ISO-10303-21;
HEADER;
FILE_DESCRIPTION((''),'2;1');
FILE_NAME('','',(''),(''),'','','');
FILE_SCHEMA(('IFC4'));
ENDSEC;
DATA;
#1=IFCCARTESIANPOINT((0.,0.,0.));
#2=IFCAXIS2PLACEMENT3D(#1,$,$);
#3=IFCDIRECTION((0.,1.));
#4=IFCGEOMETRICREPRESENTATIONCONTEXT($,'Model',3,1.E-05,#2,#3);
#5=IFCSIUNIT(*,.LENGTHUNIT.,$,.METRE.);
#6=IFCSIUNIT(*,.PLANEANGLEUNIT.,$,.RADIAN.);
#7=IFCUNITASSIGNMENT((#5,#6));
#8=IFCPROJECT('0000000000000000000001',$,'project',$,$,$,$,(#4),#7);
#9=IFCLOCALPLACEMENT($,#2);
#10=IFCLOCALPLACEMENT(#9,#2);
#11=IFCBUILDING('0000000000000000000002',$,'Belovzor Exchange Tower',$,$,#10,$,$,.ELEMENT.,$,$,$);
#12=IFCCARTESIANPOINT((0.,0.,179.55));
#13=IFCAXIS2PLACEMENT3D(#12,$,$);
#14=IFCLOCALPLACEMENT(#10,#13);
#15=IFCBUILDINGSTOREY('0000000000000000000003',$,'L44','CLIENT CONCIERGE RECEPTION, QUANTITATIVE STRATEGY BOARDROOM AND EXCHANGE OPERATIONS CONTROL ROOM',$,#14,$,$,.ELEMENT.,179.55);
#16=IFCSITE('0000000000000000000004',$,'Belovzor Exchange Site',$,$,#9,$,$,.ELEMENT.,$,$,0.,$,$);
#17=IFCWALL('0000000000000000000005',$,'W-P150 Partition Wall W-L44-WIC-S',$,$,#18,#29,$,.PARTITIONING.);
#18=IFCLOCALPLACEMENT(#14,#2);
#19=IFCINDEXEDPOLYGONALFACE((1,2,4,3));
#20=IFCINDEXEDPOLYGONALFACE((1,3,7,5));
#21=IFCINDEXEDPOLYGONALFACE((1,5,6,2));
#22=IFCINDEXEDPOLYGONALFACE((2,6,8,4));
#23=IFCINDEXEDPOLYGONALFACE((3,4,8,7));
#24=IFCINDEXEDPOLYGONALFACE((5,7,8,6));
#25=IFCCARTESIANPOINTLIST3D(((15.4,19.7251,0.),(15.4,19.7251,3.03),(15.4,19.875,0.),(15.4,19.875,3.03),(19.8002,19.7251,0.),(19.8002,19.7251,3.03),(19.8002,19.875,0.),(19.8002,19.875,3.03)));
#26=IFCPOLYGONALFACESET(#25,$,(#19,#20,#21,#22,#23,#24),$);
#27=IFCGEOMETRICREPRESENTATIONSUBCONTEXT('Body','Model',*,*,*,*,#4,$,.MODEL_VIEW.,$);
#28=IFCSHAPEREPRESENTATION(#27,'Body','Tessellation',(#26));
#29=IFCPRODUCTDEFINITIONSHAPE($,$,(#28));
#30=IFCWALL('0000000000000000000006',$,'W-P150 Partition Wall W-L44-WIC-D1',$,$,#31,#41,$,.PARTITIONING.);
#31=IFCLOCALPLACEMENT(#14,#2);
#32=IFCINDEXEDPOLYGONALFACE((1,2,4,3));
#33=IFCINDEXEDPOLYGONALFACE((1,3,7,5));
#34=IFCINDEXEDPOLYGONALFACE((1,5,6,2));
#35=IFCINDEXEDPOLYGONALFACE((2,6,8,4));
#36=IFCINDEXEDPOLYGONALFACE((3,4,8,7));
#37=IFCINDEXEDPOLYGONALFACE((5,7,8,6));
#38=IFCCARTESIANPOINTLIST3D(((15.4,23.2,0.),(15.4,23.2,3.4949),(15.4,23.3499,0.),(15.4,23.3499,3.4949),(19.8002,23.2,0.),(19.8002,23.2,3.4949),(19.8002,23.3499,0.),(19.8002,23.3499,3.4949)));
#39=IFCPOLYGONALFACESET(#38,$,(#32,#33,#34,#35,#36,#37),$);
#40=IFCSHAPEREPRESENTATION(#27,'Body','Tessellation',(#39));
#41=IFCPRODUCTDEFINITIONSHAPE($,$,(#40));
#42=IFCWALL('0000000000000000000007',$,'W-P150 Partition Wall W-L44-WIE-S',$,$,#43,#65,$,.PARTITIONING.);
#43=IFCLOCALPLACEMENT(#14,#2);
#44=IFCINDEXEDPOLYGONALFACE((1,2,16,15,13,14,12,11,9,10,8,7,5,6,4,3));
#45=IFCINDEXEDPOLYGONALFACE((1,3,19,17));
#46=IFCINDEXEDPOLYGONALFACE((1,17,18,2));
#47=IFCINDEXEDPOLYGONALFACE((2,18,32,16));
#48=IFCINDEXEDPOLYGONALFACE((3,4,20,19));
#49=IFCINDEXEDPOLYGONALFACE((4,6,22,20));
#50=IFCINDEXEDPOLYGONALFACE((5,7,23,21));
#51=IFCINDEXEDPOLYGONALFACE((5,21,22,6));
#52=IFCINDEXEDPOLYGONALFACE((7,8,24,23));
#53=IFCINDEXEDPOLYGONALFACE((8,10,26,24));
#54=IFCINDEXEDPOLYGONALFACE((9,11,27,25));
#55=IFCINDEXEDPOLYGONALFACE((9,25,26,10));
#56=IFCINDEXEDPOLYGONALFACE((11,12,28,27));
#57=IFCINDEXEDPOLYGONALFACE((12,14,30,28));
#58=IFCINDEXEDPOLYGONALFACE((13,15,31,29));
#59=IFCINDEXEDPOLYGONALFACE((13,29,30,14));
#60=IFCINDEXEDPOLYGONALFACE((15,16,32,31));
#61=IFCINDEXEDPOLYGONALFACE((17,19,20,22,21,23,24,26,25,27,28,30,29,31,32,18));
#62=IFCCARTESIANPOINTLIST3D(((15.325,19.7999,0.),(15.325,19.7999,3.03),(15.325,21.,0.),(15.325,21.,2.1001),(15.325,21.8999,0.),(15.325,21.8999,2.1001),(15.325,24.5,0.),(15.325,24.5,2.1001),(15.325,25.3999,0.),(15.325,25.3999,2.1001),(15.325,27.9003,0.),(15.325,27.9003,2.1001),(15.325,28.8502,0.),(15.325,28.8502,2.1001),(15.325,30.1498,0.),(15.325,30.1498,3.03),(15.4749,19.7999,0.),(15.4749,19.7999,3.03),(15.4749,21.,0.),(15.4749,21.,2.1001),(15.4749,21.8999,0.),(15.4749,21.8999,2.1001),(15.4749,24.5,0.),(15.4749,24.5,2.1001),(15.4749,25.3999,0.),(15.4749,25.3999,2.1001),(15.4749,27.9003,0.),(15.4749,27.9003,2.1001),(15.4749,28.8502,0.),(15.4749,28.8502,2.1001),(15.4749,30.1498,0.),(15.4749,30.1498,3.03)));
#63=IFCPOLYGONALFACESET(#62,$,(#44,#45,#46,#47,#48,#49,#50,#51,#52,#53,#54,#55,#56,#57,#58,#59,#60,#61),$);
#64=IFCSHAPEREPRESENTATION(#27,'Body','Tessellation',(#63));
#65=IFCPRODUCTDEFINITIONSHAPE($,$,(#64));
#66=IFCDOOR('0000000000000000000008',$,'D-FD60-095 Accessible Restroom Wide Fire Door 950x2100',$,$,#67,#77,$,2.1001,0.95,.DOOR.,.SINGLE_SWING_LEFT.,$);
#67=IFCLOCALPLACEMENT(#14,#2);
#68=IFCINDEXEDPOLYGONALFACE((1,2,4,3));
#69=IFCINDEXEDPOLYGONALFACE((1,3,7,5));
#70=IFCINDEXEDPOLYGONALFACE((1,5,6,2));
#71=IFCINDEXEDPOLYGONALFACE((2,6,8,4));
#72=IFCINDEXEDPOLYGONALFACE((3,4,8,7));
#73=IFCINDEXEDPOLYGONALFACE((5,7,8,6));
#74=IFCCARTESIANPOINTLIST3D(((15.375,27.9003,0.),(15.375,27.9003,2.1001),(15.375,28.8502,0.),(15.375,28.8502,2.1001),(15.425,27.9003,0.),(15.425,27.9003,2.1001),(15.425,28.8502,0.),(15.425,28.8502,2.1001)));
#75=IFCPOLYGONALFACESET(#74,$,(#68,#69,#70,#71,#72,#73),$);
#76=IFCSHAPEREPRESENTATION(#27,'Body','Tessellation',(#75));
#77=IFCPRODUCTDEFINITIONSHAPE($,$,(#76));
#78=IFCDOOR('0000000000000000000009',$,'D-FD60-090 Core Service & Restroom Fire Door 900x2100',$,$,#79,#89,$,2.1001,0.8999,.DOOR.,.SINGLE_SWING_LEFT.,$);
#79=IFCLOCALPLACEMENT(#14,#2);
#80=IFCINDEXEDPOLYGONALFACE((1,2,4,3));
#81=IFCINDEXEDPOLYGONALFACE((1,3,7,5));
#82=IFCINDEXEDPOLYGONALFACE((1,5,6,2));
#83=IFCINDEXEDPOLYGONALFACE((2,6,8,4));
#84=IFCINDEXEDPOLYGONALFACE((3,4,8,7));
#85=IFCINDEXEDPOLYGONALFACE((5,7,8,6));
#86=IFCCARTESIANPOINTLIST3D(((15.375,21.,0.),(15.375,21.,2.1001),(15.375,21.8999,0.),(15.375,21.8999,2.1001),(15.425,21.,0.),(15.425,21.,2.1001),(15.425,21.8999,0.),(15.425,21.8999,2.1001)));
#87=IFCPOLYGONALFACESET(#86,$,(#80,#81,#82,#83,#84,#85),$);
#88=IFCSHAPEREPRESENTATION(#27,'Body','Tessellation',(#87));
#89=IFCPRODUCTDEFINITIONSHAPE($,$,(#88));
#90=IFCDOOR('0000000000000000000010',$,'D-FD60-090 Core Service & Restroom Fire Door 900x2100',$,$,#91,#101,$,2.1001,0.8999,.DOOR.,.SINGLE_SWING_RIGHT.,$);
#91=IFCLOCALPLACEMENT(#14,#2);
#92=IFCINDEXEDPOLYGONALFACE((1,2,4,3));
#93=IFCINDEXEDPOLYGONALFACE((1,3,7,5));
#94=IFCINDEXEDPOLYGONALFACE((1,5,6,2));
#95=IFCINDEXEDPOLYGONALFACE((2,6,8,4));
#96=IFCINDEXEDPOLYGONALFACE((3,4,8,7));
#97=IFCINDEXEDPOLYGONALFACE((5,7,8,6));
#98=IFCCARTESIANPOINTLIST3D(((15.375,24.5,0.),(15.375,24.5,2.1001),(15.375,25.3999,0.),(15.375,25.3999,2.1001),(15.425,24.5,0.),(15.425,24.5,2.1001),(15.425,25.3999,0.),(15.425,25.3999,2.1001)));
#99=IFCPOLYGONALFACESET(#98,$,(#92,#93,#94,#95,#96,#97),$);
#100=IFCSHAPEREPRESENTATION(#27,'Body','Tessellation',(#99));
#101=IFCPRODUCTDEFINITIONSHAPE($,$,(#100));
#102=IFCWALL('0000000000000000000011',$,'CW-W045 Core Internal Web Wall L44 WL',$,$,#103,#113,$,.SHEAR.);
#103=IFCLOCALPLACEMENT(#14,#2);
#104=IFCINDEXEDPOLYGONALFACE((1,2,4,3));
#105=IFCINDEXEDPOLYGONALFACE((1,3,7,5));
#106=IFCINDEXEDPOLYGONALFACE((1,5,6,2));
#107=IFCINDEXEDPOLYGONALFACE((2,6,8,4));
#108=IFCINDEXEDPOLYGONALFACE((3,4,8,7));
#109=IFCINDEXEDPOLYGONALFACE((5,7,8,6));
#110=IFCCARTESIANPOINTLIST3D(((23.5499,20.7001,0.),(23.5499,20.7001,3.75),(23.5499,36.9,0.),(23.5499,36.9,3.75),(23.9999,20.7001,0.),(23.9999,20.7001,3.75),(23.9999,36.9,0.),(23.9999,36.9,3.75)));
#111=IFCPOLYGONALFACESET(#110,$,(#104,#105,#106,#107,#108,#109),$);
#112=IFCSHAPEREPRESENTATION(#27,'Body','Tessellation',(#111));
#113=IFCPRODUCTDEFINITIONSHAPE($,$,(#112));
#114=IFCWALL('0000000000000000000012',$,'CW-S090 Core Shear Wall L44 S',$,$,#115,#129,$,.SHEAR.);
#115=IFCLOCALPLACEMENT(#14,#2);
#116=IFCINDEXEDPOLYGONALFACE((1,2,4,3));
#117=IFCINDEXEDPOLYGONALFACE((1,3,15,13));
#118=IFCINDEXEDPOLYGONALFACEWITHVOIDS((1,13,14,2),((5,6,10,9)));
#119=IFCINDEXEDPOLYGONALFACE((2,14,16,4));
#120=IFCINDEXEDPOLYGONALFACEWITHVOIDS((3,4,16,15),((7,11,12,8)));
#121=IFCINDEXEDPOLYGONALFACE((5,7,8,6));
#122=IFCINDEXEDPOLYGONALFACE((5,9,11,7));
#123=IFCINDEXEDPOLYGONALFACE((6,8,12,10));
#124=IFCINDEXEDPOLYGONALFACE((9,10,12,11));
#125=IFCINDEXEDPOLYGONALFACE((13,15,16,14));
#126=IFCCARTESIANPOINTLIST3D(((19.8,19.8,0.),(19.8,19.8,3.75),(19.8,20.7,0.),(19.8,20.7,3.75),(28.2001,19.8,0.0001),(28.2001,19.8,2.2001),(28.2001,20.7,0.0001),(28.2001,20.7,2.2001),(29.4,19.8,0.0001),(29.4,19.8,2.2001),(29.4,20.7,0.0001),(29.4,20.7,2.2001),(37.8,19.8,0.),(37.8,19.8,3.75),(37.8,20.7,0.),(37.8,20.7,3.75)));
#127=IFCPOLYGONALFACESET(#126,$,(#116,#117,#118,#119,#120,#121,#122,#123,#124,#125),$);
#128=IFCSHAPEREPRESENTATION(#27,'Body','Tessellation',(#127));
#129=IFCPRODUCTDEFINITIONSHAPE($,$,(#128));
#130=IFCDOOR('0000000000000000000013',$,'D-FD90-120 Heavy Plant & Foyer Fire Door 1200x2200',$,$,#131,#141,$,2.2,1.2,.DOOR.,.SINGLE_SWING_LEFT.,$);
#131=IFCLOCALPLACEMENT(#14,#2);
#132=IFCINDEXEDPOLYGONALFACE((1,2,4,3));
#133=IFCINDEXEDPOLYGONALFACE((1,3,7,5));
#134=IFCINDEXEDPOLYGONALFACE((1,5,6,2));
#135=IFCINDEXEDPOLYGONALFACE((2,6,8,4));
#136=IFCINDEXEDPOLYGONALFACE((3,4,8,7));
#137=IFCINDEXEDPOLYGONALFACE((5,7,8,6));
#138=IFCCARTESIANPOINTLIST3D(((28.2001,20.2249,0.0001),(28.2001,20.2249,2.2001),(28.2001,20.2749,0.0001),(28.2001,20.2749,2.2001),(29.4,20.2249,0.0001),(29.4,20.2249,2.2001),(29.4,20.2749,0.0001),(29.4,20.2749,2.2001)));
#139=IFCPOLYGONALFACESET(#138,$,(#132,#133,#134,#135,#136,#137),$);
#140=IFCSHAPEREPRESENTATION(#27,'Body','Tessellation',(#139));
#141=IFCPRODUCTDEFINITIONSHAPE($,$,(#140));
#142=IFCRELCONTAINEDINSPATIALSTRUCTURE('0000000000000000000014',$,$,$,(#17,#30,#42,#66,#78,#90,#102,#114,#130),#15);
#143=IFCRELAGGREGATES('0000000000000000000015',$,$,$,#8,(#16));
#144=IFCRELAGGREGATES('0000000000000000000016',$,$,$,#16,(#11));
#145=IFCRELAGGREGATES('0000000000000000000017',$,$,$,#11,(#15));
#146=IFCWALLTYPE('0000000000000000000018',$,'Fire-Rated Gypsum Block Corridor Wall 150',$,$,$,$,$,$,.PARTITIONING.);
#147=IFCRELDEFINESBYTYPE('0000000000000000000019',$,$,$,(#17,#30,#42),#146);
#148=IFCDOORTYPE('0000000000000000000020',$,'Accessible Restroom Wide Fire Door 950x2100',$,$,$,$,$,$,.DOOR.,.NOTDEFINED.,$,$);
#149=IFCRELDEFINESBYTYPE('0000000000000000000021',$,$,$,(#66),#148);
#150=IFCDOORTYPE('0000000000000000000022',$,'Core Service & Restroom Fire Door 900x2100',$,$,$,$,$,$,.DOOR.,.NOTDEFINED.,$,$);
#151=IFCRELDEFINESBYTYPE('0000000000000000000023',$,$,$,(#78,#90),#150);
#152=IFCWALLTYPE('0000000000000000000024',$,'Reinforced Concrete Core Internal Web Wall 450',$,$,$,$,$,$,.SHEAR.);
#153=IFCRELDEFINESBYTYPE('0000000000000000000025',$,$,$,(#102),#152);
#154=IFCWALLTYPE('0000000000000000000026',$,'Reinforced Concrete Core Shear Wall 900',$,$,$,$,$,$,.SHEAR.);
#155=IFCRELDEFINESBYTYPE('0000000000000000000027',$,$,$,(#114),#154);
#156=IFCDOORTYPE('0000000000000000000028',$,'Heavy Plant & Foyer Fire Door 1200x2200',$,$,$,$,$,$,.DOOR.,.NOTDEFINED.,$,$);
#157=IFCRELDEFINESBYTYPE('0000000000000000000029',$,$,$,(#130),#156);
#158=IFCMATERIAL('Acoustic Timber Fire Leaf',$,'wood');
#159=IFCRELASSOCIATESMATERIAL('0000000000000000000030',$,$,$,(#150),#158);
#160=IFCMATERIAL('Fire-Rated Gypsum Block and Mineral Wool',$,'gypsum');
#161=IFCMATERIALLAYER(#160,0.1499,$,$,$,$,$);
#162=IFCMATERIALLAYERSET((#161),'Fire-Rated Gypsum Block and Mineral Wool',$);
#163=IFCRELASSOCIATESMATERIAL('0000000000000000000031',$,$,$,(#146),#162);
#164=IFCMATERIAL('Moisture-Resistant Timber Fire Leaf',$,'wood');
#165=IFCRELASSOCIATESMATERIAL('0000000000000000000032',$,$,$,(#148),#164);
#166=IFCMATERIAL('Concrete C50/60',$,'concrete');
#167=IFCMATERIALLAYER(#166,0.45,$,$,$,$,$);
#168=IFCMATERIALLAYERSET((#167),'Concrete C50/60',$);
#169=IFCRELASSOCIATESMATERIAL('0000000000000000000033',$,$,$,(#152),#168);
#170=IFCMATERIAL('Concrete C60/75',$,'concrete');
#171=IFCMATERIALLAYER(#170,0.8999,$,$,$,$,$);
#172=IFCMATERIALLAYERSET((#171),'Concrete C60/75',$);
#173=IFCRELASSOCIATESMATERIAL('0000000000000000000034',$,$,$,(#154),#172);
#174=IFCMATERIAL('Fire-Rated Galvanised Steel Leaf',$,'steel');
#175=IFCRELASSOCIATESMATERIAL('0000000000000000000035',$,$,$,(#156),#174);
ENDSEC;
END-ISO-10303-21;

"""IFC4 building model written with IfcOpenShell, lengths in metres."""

from ifc_helpers import new_model, si_unit, direction, frame, frame_2d, origin, place, context, subcontext, project, spatial, rectangle, extrude, material, layer, layer_set, type_object, element, fill, save


model = new_model("IFC4")

# Units and contexts
model_context = context("Model", 3, precision=1e-05, world=origin(), true_north=direction((0.0, 1.0)))
body_context = subcontext(model_context, "Body", "Model", "MODEL_VIEW")
ifc_project = project(units=[si_unit("LENGTHUNIT", "METRE"), si_unit("PLANEANGLEUNIT", "RADIAN")], contexts=[model_context])

# Site, building, storey
site_placement = place(None, origin())
site = spatial("IfcSite", under=ifc_project, at=site_placement, Name="Belovzor Exchange Site", CompositionType="ELEMENT", RefElevation=0.0)
building_placement = place(site_placement, origin())
building = spatial("IfcBuilding", under=site, at=building_placement, Name="Belovzor Exchange Tower", CompositionType="ELEMENT")
storey_placement = place(building_placement, frame((0.0, 0.0, 179.55)))
storey = spatial("IfcBuildingStorey", under=building, at=storey_placement, Name="L44", Description="CLIENT CONCIERGE RECEPTION, QUANTITATIVE STRATEGY BOARDROOM AND EXCHANGE OPERATIONS CONTROL ROOM", CompositionType="ELEMENT", Elevation=179.55)

# Shared definitions
ifc_material_1 = material(Name="Acoustic Timber Fire Leaf", Category="wood")
door_type_1 = type_object("IfcDoorType", Name="Core Service & Restroom Fire Door 900x2100", OperationType="NOTDEFINED", PredefinedType="DOOR", material=ifc_material_1)

# Walls
ifc_material_2 = material(Name="Fire-Rated Gypsum Block and Mineral Wool", Category="gypsum")
ifc_layer_1 = layer(ifc_material_2, 0.1499)
ifc_layer_set_1 = layer_set([ifc_layer_1], Name="Fire-Rated Gypsum Block and Mineral Wool")
wall_type_1 = type_object("IfcWallType", Name="Fire-Rated Gypsum Block Corridor Wall 150", PredefinedType="PARTITIONING", material=ifc_layer_set_1)
wall_1_placement = place(storey_placement, frame((15.3999, 19.8, 0.0), z_axis=(0.0, 0.0, 1.0), x_axis=(1.0, 0.0, 0.0)))
element("IfcWall", 1, at=wall_1_placement, inside=storey, type_object=wall_type_1, Name="W-P150 Partition Wall W-L44-WIC-S", PredefinedType="PARTITIONING", context=body_context, shape_type="SweptSolid", body=[
    extrude(rectangle(XDim=4.4001, YDim=0.1499, at=frame_2d((2.2002, 0.0))), origin(), (0.0, 0.0, 1.0), 3.03),
])
wall_2_placement = place(storey_placement, frame((15.3999, 23.2749, 0.0), z_axis=(0.0, 0.0, 1.0), x_axis=(1.0, 0.0, 0.0)))
element("IfcWall", 2, at=wall_2_placement, inside=storey, type_object=wall_type_1, Name="W-P150 Partition Wall W-L44-WIC-D1", PredefinedType="PARTITIONING", context=body_context, shape_type="SweptSolid", body=[
    extrude(rectangle(XDim=4.4001, YDim=0.1499, at=frame_2d((2.2002, 0.0))), origin(), (0.0, 0.0, 1.0), 3.4949),
])

# Wall, openings, doors
wall_3_placement = place(storey_placement, frame((15.3999, 19.8, 0.0), z_axis=(0.0, 0.0, 1.0), x_axis=(0.0, 1.0, 0.0)))
wall_3 = element("IfcWall", 3, at=wall_3_placement, inside=storey, type_object=wall_type_1, Name="W-P150 Partition Wall W-L44-WIE-S", PredefinedType="PARTITIONING", context=body_context, shape_type="SweptSolid", body=[
    extrude(rectangle(XDim=10.3499, YDim=0.1499, at=frame_2d((5.1748, 0.0))), origin(), (0.0, 0.0, 1.0), 3.03),
])
opening_1_placement = place(wall_3_placement, frame((1.2, 0.0, 0.0)))
opening_1 = element("IfcOpeningElement", 4, at=opening_1_placement, cuts=wall_3, PredefinedType="OPENING", context=body_context, shape_type="SweptSolid", body=[
    extrude(rectangle(XDim=0.8999, YDim=2.1001, at=frame_2d((0.45, 1.05))), frame((0.0, 0.085, 0.0), z_axis=(0.0, -1.0, 0.0), x_axis=(1.0, 0.0, 0.0)), (0.0, 0.0, 1.0), 0.1699),
])
opening_2_placement = place(wall_3_placement, frame((4.7, 0.0, 0.0)))
opening_2 = element("IfcOpeningElement", 5, at=opening_2_placement, cuts=wall_3, PredefinedType="OPENING", context=body_context, shape_type="SweptSolid", body=[
    extrude(rectangle(XDim=0.8999, YDim=2.1001, at=frame_2d((0.45, 1.05))), frame((0.0, 0.085, 0.0), z_axis=(0.0, -1.0, 0.0), x_axis=(1.0, 0.0, 0.0)), (0.0, 0.0, 1.0), 0.1699),
])
opening_3_placement = place(wall_3_placement, frame((8.1001, 0.0, 0.0)))
opening_3 = element("IfcOpeningElement", 6, at=opening_3_placement, cuts=wall_3, PredefinedType="OPENING", context=body_context, shape_type="SweptSolid", body=[
    extrude(rectangle(XDim=0.95, YDim=2.1001, at=frame_2d((0.4751, 1.05))), frame((0.0, 0.085, 0.0), z_axis=(0.0, -1.0, 0.0), x_axis=(1.0, 0.0, 0.0)), (0.0, 0.0, 1.0), 0.1699),
])
ifc_material_3 = material(Name="Moisture-Resistant Timber Fire Leaf", Category="wood")
door_type_2 = type_object("IfcDoorType", Name="Accessible Restroom Wide Fire Door 950x2100", OperationType="NOTDEFINED", PredefinedType="DOOR", material=ifc_material_3)
door_1_placement = place(opening_3_placement, origin())
door_1 = element("IfcDoor", 7, at=door_1_placement, inside=storey, type_object=door_type_2, Name="D-FD60-095 Accessible Restroom Wide Fire Door 950x2100", OperationType="SINGLE_SWING_LEFT", OverallHeight=2.1001, OverallWidth=0.95, PredefinedType="DOOR", context=body_context, shape_type="SweptSolid", body=[
    extrude(rectangle(XDim=0.95, YDim=2.1001, at=frame_2d((0.4751, 1.05))), frame((0.0, 0.0249, 0.0), z_axis=(0.0, -1.0, 0.0), x_axis=(1.0, 0.0, 0.0)), (0.0, 0.0, 1.0), 0.05),
])
fill(opening_3, door_1)
door_2_placement = place(opening_1_placement, origin())
door_2 = element("IfcDoor", 8, at=door_2_placement, inside=storey, type_object=door_type_1, Name="D-FD60-090 Core Service & Restroom Fire Door 900x2100", OperationType="SINGLE_SWING_LEFT", OverallHeight=2.1001, OverallWidth=0.8999, PredefinedType="DOOR", context=body_context, shape_type="SweptSolid", body=[
    extrude(rectangle(XDim=0.8999, YDim=2.1001, at=frame_2d((0.45, 1.05))), frame((0.0, 0.0249, 0.0), z_axis=(0.0, -1.0, 0.0), x_axis=(1.0, 0.0, 0.0)), (0.0, 0.0, 1.0), 0.05),
])
fill(opening_1, door_2)
door_3_placement = place(opening_2_placement, origin())
door_3 = element("IfcDoor", 9, at=door_3_placement, inside=storey, type_object=door_type_1, Name="D-FD60-090 Core Service & Restroom Fire Door 900x2100", OperationType="SINGLE_SWING_RIGHT", OverallHeight=2.1001, OverallWidth=0.8999, PredefinedType="DOOR", context=body_context, shape_type="SweptSolid", body=[
    extrude(rectangle(XDim=0.8999, YDim=2.1001, at=frame_2d((0.45, 1.05))), frame((0.0, 0.0249, 0.0), z_axis=(0.0, -1.0, 0.0), x_axis=(1.0, 0.0, 0.0)), (0.0, 0.0, 1.0), 0.05),
])
fill(opening_2, door_3)

# Wall
ifc_material_4 = material(Name="Concrete C50/60", Category="concrete")
ifc_layer_2 = layer(ifc_material_4, 0.45)
ifc_layer_set_2 = layer_set([ifc_layer_2], Name="Concrete C50/60")
wall_type_2 = type_object("IfcWallType", Name="Reinforced Concrete Core Internal Web Wall 450", PredefinedType="SHEAR", material=ifc_layer_set_2)
wall_4_placement = place(storey_placement, frame((23.7749, 20.7, 0.0), z_axis=(0.0, 0.0, 1.0), x_axis=(0.0, 1.0, 0.0)))
element("IfcWall", 10, at=wall_4_placement, inside=storey, type_object=wall_type_2, Name="CW-W045 Core Internal Web Wall L44 WL", PredefinedType="SHEAR", context=body_context, shape_type="SweptSolid", body=[
    extrude(rectangle(XDim=16.2, YDim=0.45, at=frame_2d((8.1001, 0.0))), origin(), (0.0, 0.0, 1.0), 3.75),
])

# Wall, opening, door
ifc_material_5 = material(Name="Concrete C60/75", Category="concrete")
ifc_layer_3 = layer(ifc_material_5, 0.8999)
ifc_layer_set_3 = layer_set([ifc_layer_3], Name="Concrete C60/75")
wall_type_3 = type_object("IfcWallType", Name="Reinforced Concrete Core Shear Wall 900", PredefinedType="SHEAR", material=ifc_layer_set_3)
wall_5_placement = place(storey_placement, frame((19.8, 20.25, 0.0), z_axis=(0.0, 0.0, 1.0), x_axis=(1.0, 0.0, 0.0)))
wall_5 = element("IfcWall", 11, at=wall_5_placement, inside=storey, type_object=wall_type_3, Name="CW-S090 Core Shear Wall L44 S", PredefinedType="SHEAR", context=body_context, shape_type="SweptSolid", body=[
    extrude(rectangle(XDim=18.0, YDim=0.8999, at=frame_2d((9.0, 0.0))), origin(), (0.0, 0.0, 1.0), 3.75),
])
opening_4_placement = place(wall_5_placement, frame((8.3999, 0.0, 0.0)))
opening_4 = element("IfcOpeningElement", 12, at=opening_4_placement, cuts=wall_5, PredefinedType="OPENING", context=body_context, shape_type="SweptSolid", body=[
    extrude(rectangle(XDim=1.2, YDim=2.2, at=frame_2d((0.6001, 1.1001))), frame((0.0, 0.46, 0.0), z_axis=(0.0, -1.0, 0.0), x_axis=(1.0, 0.0, 0.0)), (0.0, 0.0, 1.0), 0.9199),
])
ifc_material_6 = material(Name="Fire-Rated Galvanised Steel Leaf", Category="steel")
door_type_3 = type_object("IfcDoorType", Name="Heavy Plant & Foyer Fire Door 1200x2200", OperationType="NOTDEFINED", PredefinedType="DOOR", material=ifc_material_6)
door_4_placement = place(opening_4_placement, origin())
door_4 = element("IfcDoor", 13, at=door_4_placement, inside=storey, type_object=door_type_3, Name="D-FD90-120 Heavy Plant & Foyer Fire Door 1200x2200", OperationType="SINGLE_SWING_LEFT", OverallHeight=2.2, OverallWidth=1.2, PredefinedType="DOOR", context=body_context, shape_type="SweptSolid", body=[
    extrude(rectangle(XDim=1.2, YDim=2.2, at=frame_2d((0.6001, 1.1001))), frame((0.0, 0.0249, 0.0), z_axis=(0.0, -1.0, 0.0), x_axis=(1.0, 0.0, 0.0)), (0.0, 0.0, 1.0), 0.05),
])
fill(opening_4, door_4)

save(model, "model.ifc")
